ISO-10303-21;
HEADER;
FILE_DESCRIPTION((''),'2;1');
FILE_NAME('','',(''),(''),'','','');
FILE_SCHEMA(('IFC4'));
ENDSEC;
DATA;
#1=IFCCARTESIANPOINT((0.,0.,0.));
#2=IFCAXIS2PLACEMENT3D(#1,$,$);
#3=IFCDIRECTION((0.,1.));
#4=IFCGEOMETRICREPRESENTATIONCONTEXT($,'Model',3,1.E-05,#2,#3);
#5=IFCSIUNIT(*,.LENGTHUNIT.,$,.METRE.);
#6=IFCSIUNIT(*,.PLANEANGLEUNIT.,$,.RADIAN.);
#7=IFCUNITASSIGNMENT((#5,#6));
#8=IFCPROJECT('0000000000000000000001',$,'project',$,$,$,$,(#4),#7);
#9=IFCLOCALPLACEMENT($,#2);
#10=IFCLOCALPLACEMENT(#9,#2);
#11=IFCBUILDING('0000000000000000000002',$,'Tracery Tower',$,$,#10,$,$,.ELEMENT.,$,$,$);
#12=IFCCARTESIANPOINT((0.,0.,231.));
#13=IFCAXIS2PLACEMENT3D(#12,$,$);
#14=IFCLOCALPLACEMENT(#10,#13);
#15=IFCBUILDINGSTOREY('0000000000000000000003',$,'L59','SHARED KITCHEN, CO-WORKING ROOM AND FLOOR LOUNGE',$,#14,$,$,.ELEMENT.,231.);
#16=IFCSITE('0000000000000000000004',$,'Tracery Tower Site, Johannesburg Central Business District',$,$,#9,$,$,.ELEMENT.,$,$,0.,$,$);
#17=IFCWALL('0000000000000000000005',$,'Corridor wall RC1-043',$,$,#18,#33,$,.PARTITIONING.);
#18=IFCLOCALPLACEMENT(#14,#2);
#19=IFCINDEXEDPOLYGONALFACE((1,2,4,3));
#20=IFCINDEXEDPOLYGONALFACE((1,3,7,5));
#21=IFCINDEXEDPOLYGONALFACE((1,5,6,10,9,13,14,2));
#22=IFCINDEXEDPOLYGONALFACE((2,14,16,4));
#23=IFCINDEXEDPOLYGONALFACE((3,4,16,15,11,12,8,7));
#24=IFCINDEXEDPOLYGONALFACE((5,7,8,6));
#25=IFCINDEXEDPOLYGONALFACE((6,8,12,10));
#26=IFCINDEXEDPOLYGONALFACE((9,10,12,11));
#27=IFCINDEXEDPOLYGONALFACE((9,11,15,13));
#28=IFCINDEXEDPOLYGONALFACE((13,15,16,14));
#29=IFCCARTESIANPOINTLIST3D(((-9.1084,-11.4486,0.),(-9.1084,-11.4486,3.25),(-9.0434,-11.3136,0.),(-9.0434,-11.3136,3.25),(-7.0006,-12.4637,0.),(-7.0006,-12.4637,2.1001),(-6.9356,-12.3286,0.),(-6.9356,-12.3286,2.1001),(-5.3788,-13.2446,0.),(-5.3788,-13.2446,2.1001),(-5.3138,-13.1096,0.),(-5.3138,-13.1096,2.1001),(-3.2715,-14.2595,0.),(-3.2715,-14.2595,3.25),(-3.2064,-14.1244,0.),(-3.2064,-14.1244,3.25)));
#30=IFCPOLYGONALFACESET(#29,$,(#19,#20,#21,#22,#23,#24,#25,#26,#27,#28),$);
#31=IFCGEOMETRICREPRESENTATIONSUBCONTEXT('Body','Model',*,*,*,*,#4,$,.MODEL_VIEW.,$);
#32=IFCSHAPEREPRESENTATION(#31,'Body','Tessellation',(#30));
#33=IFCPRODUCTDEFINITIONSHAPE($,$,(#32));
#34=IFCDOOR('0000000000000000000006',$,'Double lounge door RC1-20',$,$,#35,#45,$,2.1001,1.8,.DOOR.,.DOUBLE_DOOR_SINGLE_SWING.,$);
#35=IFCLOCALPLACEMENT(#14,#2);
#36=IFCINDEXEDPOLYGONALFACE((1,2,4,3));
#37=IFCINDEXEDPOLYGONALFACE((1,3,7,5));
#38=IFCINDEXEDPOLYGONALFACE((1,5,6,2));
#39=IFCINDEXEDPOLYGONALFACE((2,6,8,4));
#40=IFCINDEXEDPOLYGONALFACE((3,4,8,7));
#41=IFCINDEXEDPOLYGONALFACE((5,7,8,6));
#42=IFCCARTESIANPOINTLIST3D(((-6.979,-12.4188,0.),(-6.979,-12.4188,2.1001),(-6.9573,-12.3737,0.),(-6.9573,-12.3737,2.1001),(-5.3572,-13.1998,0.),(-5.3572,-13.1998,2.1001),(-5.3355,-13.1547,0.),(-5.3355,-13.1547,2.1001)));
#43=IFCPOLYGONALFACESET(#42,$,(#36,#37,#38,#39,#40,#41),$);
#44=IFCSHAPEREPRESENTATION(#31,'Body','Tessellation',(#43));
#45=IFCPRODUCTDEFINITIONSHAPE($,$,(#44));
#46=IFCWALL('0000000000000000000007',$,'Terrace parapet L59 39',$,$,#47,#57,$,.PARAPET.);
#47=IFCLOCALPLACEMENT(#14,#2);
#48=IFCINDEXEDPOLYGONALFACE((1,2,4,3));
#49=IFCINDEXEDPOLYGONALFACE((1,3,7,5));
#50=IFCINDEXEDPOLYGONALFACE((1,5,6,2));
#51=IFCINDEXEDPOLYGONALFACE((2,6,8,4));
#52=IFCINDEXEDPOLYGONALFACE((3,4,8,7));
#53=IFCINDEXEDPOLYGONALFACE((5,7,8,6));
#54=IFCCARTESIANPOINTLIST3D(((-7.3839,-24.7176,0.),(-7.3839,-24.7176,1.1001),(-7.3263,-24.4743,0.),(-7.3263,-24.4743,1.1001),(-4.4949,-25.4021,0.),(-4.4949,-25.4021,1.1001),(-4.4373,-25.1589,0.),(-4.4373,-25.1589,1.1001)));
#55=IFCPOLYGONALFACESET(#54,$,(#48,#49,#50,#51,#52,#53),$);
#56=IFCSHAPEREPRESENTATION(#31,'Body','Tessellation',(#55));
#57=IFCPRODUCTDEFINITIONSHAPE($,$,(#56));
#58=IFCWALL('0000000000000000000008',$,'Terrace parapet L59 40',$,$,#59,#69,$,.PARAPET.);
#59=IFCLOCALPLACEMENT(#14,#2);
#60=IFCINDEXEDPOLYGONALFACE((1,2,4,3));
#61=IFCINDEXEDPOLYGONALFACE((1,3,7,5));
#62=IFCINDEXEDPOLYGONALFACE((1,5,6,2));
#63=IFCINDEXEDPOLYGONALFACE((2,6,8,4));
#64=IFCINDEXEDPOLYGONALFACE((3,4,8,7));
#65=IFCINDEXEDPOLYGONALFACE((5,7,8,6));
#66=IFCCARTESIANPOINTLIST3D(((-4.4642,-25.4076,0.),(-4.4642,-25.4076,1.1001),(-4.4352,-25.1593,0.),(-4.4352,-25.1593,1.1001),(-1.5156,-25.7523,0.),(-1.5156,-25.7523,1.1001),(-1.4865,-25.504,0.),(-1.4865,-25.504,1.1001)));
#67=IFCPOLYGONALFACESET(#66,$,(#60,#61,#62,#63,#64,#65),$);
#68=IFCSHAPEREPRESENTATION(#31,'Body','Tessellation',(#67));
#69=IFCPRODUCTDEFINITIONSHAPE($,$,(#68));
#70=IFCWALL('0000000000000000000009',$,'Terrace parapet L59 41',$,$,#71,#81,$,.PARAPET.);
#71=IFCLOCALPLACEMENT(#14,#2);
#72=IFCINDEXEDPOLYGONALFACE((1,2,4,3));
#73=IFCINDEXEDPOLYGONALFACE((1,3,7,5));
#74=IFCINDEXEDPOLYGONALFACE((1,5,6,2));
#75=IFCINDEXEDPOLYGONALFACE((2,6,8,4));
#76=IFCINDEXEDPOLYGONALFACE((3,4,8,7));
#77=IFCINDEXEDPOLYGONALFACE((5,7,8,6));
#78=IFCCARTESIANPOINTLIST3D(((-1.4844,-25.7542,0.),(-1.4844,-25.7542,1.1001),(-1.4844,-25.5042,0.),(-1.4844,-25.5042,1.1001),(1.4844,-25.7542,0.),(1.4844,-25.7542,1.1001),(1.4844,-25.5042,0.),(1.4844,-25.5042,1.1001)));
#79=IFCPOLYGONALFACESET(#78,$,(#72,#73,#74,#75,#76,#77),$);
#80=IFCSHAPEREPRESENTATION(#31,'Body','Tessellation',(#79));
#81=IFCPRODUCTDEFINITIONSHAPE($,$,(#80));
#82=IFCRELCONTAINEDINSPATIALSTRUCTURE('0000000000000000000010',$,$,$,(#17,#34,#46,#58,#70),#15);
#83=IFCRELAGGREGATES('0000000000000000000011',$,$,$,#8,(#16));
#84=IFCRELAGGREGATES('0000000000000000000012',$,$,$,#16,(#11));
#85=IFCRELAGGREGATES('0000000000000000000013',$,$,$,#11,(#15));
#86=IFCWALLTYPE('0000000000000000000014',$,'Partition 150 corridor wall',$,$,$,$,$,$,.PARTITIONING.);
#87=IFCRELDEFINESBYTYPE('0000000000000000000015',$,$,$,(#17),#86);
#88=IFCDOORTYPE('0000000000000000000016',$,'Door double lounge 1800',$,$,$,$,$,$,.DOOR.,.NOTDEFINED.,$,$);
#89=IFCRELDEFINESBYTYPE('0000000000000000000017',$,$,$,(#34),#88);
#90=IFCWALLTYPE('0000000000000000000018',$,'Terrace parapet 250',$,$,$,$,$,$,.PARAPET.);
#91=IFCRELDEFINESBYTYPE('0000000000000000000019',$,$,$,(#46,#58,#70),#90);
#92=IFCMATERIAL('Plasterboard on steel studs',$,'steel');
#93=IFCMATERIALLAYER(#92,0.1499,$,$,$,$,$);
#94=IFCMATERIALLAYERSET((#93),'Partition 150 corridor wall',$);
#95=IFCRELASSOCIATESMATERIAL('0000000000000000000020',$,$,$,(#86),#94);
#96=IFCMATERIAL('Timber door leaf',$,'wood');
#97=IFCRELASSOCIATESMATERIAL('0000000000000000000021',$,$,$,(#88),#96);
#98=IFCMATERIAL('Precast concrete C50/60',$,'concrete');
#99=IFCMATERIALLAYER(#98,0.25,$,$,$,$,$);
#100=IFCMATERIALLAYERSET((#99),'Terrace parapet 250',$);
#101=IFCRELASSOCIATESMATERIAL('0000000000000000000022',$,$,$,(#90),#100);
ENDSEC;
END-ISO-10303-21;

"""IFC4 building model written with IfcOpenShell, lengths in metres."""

from ifc_helpers import new_model, si_unit, direction, frame, frame_2d, origin, place, context, subcontext, project, spatial, rectangle, extrude, material, layer, layer_set, type_object, element, fill, save


model = new_model("IFC4")

# Units and contexts
model_context = context("Model", 3, precision=1e-05, world=origin(), true_north=direction((0.0, 1.0)))
body_context = subcontext(model_context, "Body", "Model", "MODEL_VIEW")
ifc_project = project(units=[si_unit("LENGTHUNIT", "METRE"), si_unit("PLANEANGLEUNIT", "RADIAN")], contexts=[model_context])

# Site, building, storey
site_placement = place(None, origin())
site = spatial("IfcSite", under=ifc_project, at=site_placement, Name="Tracery Tower Site, Johannesburg Central Business District", CompositionType="ELEMENT", RefElevation=0.0)
building_placement = place(site_placement, origin())
building = spatial("IfcBuilding", under=site, at=building_placement, Name="Tracery Tower", CompositionType="ELEMENT")
storey_placement = place(building_placement, frame((0.0, 0.0, 231.0)))
storey = spatial("IfcBuildingStorey", under=building, at=storey_placement, Name="L59", Description="SHARED KITCHEN, CO-WORKING ROOM AND FLOOR LOUNGE", CompositionType="ELEMENT", Elevation=231.0)

# Shared definitions
ifc_material_1 = material(Name="Plasterboard on steel studs", Category="steel")
ifc_layer_1 = layer(ifc_material_1, 0.1499)
ifc_layer_set_1 = layer_set([ifc_layer_1], Name="Partition 150 corridor wall")
wall_type_1 = type_object("IfcWallType", Name="Partition 150 corridor wall", PredefinedType="PARTITIONING", material=ifc_layer_set_1)

# Wall, opening, door
wall_1_placement = place(storey_placement, frame((-9.0759, -11.3811, 0.0), z_axis=(0.0, 0.0, 1.0), x_axis=(0.900976, -0.433869, 0.0)))
wall_1 = element("IfcWall", 1, at=wall_1_placement, inside=storey, type_object=wall_type_1, Name="Corridor wall RC1-043", PredefinedType="PARTITIONING", context=body_context, shape_type="SweptSolid", body=[
    extrude(rectangle(XDim=6.4785, YDim=0.1499, at=frame_2d((3.2393, 0.0))), origin(), (0.0, 0.0, 1.0), 3.25),
])
opening_1_placement = place(wall_1_placement, frame((2.3396, 0.0, 0.0)))
opening_1 = element("IfcOpeningElement", 2, at=opening_1_placement, cuts=wall_1, PredefinedType="OPENING", context=body_context, shape_type="SweptSolid", body=[
    extrude(rectangle(XDim=1.8, YDim=2.1001, at=frame_2d((0.8999, 1.05))), frame((0.0, 0.075, 0.0), z_axis=(0.0, -1.0, 0.0), x_axis=(1.0, 0.0, 0.0)), (0.0, 0.0, 1.0), 0.1499),
])
ifc_material_2 = material(Name="Timber door leaf", Category="wood")
door_type = type_object("IfcDoorType", Name="Door double lounge 1800", OperationType="NOTDEFINED", PredefinedType="DOOR", material=ifc_material_2)
door_placement = place(opening_1_placement, origin())
door = element("IfcDoor", 3, at=door_placement, inside=storey, type_object=door_type, Name="Double lounge door RC1-20", OperationType="DOUBLE_DOOR_SINGLE_SWING", OverallHeight=2.1001, OverallWidth=1.8, PredefinedType="DOOR", context=body_context, shape_type="SweptSolid", body=[
    extrude(rectangle(XDim=1.8, YDim=2.1001, at=frame_2d((0.8999, 1.05))), frame((0.0, 0.0249, 0.0), z_axis=(0.0, -1.0, 0.0), x_axis=(1.0, 0.0, 0.0)), (0.0, 0.0, 1.0), 0.05),
])
fill(opening_1, door)

# Walls
ifc_material_3 = material(Name="Precast concrete C50/60", Category="concrete")
ifc_layer_2 = layer(ifc_material_3, 0.25)
ifc_layer_set_2 = layer_set([ifc_layer_2], Name="Terrace parapet 250")
wall_type_2 = type_object("IfcWallType", Name="Terrace parapet 250", PredefinedType="PARAPET", material=ifc_layer_set_2)
wall_2_placement = place(storey_placement, frame((-7.355, -24.5959, 0.0), z_axis=(0.0, 0.0, 1.0), x_axis=(0.973054, -0.230579, 0.0)))
element("IfcWall", 4, at=wall_2_placement, inside=storey, type_object=wall_type_2, Name="Terrace parapet L59 39", PredefinedType="PARAPET", context=body_context, shape_type="SweptSolid", body=[
    extrude(rectangle(XDim=2.969, YDim=0.25, at=frame_2d((1.4844, 0.0))), origin(), (0.0, 0.0, 1.0), 1.1001),
])
for number, where, z_axis, x_axis, name in (
    (5, (-4.4497, -25.2834, 0.0), (0.0, 0.0, 1.0), (0.993236, -0.116116, 0.0), "Terrace parapet L59 40"),
    (6, (-1.4844, -25.6292, 0.0), (0.0, 0.0, 1.0), (1.0, 0.0, 0.0), "Terrace parapet L59 41"),
):
    element("IfcWall", number, at=place(storey_placement, frame(where, z_axis=z_axis, x_axis=x_axis)), inside=storey, type_object=wall_type_2, Name=name, PredefinedType="PARAPET", context=body_context, shape_type="SweptSolid", body=[
        extrude(rectangle(XDim=2.9688, YDim=0.25, at=frame_2d((1.4844, 0.0))), origin(), (0.0, 0.0, 1.0), 1.1001),
    ])

save(model, "model.ifc")
